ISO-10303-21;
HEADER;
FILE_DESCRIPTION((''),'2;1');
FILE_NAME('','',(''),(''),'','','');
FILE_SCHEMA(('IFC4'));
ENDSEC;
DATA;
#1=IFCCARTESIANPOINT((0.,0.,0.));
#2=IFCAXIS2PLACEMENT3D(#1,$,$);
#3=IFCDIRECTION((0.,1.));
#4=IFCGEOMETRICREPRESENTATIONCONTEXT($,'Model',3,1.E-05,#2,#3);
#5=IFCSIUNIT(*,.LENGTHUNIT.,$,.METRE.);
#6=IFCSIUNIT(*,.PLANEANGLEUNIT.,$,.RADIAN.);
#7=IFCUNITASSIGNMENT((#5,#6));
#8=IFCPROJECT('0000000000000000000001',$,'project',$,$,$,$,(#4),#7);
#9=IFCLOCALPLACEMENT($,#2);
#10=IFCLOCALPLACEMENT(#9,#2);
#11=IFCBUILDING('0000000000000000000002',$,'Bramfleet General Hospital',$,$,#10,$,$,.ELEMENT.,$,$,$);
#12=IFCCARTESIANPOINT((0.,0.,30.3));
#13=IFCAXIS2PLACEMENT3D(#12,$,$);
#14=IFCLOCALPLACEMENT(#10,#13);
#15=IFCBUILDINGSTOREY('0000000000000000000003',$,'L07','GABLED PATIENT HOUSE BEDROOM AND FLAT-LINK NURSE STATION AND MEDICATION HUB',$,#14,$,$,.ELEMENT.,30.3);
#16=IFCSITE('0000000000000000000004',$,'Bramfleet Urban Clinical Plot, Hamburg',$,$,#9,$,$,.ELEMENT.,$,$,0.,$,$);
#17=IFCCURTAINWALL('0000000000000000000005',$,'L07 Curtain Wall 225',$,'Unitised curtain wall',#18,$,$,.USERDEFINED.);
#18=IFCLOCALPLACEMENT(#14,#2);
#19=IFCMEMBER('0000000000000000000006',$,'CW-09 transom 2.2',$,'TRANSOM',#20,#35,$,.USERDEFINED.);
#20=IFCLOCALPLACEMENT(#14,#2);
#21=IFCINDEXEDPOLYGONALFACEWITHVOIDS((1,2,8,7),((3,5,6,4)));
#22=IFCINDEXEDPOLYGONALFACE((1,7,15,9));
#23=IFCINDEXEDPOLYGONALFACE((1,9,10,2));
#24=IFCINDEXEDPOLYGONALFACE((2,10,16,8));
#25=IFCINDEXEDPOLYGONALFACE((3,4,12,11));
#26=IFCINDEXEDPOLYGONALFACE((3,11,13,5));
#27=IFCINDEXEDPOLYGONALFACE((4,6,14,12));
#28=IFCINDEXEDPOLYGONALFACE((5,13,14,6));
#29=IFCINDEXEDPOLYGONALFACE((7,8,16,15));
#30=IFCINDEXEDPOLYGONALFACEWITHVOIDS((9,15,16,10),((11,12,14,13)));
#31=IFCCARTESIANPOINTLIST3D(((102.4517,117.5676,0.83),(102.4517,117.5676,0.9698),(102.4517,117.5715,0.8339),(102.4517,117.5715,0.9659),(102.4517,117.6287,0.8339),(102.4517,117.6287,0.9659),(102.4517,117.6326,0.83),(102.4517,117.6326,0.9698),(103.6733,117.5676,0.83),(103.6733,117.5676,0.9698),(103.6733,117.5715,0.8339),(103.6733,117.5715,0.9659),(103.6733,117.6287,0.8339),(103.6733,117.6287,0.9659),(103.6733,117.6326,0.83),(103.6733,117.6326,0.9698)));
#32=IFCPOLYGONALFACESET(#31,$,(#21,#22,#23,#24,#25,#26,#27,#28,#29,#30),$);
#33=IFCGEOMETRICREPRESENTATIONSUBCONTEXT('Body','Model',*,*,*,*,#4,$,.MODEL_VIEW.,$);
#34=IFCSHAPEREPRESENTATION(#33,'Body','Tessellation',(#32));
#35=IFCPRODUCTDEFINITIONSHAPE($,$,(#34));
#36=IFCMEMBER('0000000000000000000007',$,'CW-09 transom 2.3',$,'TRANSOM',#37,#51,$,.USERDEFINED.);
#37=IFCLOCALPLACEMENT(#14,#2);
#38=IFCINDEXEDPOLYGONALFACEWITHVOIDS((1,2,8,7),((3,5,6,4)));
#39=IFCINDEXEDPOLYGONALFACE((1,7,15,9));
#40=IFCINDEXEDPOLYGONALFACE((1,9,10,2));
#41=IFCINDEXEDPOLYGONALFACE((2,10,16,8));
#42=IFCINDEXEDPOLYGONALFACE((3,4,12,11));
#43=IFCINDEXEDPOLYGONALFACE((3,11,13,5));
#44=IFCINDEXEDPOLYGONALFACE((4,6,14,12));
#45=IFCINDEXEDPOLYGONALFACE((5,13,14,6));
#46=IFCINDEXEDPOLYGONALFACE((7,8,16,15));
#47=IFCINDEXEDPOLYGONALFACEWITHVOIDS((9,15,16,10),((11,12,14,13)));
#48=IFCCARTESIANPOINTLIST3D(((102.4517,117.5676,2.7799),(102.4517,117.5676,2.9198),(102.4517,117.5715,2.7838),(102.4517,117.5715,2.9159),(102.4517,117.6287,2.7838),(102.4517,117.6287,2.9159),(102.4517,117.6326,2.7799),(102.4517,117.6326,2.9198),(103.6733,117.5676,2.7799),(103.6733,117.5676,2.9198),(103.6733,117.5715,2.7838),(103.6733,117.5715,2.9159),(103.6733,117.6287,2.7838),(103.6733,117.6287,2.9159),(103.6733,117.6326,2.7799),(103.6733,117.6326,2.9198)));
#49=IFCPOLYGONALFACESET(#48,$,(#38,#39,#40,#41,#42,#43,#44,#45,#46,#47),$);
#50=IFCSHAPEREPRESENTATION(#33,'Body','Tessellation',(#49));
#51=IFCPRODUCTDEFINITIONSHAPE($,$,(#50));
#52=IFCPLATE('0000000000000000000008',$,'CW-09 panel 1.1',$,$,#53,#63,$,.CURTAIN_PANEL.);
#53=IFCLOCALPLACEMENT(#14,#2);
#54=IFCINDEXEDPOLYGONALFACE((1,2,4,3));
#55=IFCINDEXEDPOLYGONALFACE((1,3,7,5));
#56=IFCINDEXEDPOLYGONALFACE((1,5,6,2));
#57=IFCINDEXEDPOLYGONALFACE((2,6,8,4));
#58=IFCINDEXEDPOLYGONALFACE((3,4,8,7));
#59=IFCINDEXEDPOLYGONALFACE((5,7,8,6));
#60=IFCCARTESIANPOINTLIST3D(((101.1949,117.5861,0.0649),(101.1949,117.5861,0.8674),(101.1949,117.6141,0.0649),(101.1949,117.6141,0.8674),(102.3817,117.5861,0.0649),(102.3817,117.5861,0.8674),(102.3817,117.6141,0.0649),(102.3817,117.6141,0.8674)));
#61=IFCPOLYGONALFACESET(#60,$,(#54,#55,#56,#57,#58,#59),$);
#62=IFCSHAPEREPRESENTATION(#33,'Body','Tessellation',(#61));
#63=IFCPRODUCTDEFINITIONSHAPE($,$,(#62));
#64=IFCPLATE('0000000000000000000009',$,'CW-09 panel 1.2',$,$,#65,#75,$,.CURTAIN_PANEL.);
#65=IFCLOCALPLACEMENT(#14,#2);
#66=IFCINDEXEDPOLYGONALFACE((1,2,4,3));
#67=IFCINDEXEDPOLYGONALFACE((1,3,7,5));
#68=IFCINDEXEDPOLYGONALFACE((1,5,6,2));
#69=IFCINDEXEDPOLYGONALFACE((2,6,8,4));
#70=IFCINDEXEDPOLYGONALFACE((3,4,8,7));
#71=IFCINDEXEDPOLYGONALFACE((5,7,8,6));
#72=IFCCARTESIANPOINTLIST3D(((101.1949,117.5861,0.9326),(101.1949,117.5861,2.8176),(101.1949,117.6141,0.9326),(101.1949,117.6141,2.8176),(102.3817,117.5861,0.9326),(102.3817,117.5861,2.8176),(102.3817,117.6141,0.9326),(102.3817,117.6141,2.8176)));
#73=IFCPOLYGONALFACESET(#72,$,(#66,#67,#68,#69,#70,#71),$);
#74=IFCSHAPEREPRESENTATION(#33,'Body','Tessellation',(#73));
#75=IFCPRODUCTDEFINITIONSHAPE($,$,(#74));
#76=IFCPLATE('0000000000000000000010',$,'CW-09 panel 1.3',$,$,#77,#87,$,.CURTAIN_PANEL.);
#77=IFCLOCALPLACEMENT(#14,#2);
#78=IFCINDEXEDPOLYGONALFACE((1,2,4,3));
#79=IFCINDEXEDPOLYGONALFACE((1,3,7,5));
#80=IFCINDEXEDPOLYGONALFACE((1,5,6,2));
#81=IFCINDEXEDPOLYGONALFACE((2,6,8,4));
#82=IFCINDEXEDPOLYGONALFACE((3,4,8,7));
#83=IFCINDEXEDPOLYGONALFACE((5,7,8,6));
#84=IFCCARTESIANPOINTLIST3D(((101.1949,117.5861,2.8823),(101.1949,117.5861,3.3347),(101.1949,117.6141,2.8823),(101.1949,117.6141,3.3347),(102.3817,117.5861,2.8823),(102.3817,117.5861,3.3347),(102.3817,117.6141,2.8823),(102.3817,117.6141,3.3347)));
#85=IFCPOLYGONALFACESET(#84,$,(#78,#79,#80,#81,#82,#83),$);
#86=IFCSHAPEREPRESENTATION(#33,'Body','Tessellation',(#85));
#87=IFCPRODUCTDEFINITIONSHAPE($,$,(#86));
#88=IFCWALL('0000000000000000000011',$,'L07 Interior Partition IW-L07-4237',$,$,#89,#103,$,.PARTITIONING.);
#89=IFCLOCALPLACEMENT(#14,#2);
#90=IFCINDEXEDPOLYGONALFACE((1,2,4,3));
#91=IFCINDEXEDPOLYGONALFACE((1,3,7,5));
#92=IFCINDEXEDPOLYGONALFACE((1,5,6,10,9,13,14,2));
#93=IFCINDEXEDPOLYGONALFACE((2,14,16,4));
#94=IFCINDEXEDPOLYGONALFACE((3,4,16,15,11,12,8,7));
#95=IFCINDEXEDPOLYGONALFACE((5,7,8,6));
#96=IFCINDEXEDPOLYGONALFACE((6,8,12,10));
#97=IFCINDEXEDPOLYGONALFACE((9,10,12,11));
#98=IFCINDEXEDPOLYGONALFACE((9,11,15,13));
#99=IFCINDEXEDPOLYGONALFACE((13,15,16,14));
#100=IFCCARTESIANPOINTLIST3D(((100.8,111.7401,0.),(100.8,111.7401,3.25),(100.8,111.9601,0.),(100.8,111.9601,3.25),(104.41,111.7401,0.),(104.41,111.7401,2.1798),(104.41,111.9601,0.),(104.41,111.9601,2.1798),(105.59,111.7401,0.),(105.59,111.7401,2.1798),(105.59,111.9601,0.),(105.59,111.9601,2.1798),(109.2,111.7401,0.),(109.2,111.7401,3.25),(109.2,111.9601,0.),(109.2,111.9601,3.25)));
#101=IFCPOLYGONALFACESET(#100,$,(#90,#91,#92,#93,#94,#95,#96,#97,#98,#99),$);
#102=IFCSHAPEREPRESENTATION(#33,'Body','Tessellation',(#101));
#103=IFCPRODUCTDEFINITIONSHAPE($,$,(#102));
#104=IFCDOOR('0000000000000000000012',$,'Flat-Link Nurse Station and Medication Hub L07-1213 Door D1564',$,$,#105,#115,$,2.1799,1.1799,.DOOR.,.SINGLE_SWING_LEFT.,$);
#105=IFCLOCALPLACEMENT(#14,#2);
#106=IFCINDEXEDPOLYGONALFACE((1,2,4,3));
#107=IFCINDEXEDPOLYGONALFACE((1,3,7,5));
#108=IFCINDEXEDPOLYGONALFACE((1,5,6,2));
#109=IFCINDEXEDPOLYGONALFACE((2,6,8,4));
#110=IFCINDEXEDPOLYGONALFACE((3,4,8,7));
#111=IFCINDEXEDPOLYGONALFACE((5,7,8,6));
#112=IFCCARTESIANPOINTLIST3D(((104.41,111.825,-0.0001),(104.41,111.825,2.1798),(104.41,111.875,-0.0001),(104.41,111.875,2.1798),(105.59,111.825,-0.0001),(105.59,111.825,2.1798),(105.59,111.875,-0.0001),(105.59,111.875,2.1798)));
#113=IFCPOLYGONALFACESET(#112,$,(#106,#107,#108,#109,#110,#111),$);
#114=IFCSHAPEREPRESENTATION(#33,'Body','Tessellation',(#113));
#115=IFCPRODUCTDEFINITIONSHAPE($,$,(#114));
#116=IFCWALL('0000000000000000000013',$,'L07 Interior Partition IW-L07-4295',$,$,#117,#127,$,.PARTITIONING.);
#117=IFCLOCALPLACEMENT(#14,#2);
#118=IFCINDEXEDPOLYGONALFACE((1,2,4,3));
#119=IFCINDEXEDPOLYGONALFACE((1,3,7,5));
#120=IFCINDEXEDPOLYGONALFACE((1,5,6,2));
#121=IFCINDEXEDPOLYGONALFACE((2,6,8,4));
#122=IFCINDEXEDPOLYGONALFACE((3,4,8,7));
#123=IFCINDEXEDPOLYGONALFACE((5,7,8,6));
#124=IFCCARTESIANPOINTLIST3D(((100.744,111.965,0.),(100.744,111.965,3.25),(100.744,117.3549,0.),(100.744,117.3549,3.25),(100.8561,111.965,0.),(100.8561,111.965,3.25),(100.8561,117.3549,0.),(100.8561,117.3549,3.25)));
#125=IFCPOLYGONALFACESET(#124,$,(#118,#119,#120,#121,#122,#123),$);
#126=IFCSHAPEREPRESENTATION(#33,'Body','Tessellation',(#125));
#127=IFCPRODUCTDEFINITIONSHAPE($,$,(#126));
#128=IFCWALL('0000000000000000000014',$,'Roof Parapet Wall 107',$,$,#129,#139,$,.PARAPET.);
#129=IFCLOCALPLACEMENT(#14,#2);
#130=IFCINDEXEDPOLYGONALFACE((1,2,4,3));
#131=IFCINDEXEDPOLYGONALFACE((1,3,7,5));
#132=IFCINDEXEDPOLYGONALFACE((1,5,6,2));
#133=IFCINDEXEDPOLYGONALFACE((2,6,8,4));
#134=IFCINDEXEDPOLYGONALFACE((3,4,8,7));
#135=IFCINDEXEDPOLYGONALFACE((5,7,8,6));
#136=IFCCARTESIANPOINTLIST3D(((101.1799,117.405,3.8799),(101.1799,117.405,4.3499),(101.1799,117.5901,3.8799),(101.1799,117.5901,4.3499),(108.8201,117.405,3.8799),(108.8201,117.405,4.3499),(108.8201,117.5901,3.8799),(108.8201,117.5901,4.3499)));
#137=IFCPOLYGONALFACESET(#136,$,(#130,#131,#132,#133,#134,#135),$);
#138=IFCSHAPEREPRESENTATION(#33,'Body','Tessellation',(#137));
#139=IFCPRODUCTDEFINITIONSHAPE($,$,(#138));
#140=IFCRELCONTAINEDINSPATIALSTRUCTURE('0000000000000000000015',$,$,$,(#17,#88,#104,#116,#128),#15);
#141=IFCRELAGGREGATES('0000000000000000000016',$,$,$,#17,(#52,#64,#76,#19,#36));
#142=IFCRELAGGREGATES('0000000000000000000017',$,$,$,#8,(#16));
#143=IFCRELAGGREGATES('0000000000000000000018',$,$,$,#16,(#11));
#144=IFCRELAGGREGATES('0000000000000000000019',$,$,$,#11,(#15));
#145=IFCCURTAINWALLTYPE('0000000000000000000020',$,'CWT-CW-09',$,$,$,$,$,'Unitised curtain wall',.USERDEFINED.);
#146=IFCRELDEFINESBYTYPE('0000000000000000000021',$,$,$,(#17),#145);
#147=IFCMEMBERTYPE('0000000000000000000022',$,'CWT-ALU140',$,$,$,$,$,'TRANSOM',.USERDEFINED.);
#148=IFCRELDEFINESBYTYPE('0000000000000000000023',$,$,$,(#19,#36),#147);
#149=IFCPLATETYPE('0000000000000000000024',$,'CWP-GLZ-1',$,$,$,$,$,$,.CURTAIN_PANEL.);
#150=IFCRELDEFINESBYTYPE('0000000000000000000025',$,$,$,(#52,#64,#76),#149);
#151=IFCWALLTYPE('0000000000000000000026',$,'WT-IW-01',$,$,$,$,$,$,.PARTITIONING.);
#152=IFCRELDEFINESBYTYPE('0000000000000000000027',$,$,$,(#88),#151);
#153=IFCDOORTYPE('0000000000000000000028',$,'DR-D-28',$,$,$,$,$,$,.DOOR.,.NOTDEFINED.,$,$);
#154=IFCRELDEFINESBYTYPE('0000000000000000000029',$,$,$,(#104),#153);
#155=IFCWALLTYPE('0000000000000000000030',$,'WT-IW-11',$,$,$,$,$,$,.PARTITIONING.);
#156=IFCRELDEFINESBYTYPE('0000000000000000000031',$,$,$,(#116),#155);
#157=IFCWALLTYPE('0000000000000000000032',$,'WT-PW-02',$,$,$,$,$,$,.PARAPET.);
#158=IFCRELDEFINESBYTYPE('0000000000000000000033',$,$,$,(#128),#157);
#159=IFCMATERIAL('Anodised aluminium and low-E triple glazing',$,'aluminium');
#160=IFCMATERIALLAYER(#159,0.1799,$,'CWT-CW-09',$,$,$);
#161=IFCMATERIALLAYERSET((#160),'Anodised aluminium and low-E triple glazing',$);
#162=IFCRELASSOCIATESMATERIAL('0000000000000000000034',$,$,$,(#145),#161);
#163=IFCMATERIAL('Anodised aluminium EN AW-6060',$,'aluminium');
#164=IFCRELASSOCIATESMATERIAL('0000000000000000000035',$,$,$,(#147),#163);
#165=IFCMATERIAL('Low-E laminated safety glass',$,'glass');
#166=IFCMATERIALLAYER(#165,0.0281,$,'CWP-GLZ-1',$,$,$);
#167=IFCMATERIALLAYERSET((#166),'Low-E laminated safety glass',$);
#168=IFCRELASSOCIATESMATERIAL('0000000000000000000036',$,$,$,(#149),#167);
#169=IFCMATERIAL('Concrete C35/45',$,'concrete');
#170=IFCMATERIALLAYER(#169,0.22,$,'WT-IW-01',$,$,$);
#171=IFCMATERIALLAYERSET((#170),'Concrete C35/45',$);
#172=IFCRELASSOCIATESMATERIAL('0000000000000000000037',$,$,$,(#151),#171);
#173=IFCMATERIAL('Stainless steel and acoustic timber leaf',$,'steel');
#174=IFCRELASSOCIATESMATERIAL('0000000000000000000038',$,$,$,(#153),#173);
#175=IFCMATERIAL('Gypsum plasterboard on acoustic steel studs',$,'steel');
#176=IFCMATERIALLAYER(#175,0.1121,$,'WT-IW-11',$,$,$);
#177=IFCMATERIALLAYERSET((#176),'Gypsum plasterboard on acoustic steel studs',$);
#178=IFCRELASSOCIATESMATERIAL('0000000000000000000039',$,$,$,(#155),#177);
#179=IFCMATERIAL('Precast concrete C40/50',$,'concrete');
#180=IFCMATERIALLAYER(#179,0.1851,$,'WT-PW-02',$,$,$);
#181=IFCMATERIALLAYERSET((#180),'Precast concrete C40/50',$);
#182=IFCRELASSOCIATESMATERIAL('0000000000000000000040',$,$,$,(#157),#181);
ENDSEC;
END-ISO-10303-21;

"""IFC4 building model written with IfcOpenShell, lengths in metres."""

from ifc_helpers import new_model, si_unit, direction, frame, frame_2d, origin, origin_2d, place, context, subcontext, project, spatial, rectangle, hollow_rectangle, extrude, material, layer, layer_set, material_profile, profile_set, type_object, element, fill, aggregate, save


model = new_model("IFC4")

# Units and contexts
model_context = context("Model", 3, precision=1e-05, world=origin(), true_north=direction((0.0, 1.0)))
body_context = subcontext(model_context, "Body", "Model", "MODEL_VIEW")
ifc_project = project(units=[si_unit("LENGTHUNIT", "METRE"), si_unit("PLANEANGLEUNIT", "RADIAN")], contexts=[model_context])

# Site, building, storey
site_placement = place(None, origin())
site = spatial("IfcSite", under=ifc_project, at=site_placement, Name="Bramfleet Urban Clinical Plot, Hamburg", CompositionType="ELEMENT", RefElevation=0.0)
building_placement = place(site_placement, origin())
building = spatial("IfcBuilding", under=site, at=building_placement, Name="Bramfleet General Hospital", CompositionType="ELEMENT")
storey_placement = place(building_placement, frame((0.0, 0.0, 30.3)))
storey = spatial("IfcBuildingStorey", under=building, at=storey_placement, Name="L07", Description="GABLED PATIENT HOUSE BEDROOM AND FLAT-LINK NURSE STATION AND MEDICATION HUB", CompositionType="ELEMENT", Elevation=30.3)

# Curtain wall, members, plates
ifc_material_1 = material(Name="Anodised aluminium and low-E triple glazing", Category="aluminium")
ifc_layer_1 = layer(ifc_material_1, 0.1799, Name="CWT-CW-09")
ifc_layer_set_1 = layer_set([ifc_layer_1], Name="Anodised aluminium and low-E triple glazing")
curtain_wall_type = type_object("IfcCurtainWallType", Name="CWT-CW-09", ElementType="Unitised curtain wall", PredefinedType="USERDEFINED", material=ifc_layer_set_1)
curtain_wall_placement = place(storey_placement, origin())
curtain_wall = element("IfcCurtainWall", 1, at=curtain_wall_placement, inside=storey, type_object=curtain_wall_type, Name="L07 Curtain Wall 225", ObjectType="Unitised curtain wall", PredefinedType="USERDEFINED")
ifc_material_2 = material(Name="Anodised aluminium EN AW-6060", Category="aluminium")
ifc_material_profile_1 = material_profile(ifc_material_2, hollow_rectangle(XDim=0.0649, YDim=0.1399, WallThickness=0.0039, at=origin_2d()), Name="ALU 140x65x4.0")
ifc_profile_set_1 = profile_set([ifc_material_profile_1], Name="Anodised aluminium EN AW-6060")
member_type_1 = type_object("IfcMemberType", Name="CWT-ALU140", ElementType="TRANSOM", PredefinedType="USERDEFINED", material=ifc_profile_set_1)
member_1_placement = place(storey_placement, frame((102.4517, 117.6001, 0.8999), z_axis=(1.0, 0.0, 0.0), x_axis=(0.0, 1.0, 0.0)))
member_1 = element("IfcMember", 2, at=member_1_placement, type_object=member_type_1, Name="CW-09 transom 2.2", ObjectType="TRANSOM", PredefinedType="USERDEFINED", context=body_context, shape_type="SweptSolid", body=[
    extrude(hollow_rectangle(XDim=0.0649, YDim=0.1399, WallThickness=0.0039, at=origin_2d()), origin(), (0.0, 0.0, 1.0), 1.2217),
])
member_2_placement = place(storey_placement, frame((102.4517, 117.6001, 2.8499), z_axis=(1.0, 0.0, 0.0), x_axis=(0.0, 1.0, 0.0)))
member_2 = element("IfcMember", 3, at=member_2_placement, type_object=member_type_1, Name="CW-09 transom 2.3", ObjectType="TRANSOM", PredefinedType="USERDEFINED", context=body_context, shape_type="SweptSolid", body=[
    extrude(hollow_rectangle(XDim=0.0649, YDim=0.1399, WallThickness=0.0039, at=origin_2d()), origin(), (0.0, 0.0, 1.0), 1.2217),
])
ifc_material_3 = material(Name="Low-E laminated safety glass", Category="glass")
ifc_layer_2 = layer(ifc_material_3, 0.0281, Name="CWP-GLZ-1")
ifc_layer_set_2 = layer_set([ifc_layer_2], Name="Low-E laminated safety glass")
plate_type = type_object("IfcPlateType", Name="CWP-GLZ-1", PredefinedType="CURTAIN_PANEL", material=ifc_layer_set_2)
plate_1_placement = place(storey_placement, frame((101.7883, 117.6001, 0.0649), z_axis=(0.0, 0.0, 1.0), x_axis=(1.0, 0.0, 0.0)))
plate_1 = element("IfcPlate", 4, at=plate_1_placement, type_object=plate_type, Name="CW-09 panel 1.1", PredefinedType="CURTAIN_PANEL", context=body_context, shape_type="SweptSolid", body=[
    extrude(rectangle(XDim=1.1868, YDim=0.0281, at=origin_2d()), origin(), (0.0, 0.0, 1.0), 0.8025),
])
plate_2_placement = place(storey_placement, frame((101.7883, 117.6001, 0.9326), z_axis=(0.0, 0.0, 1.0), x_axis=(1.0, 0.0, 0.0)))
plate_2 = element("IfcPlate", 5, at=plate_2_placement, type_object=plate_type, Name="CW-09 panel 1.2", PredefinedType="CURTAIN_PANEL", context=body_context, shape_type="SweptSolid", body=[
    extrude(rectangle(XDim=1.1868, YDim=0.0281, at=origin_2d()), origin(), (0.0, 0.0, 1.0), 1.885),
])
plate_3_placement = place(storey_placement, frame((101.7883, 117.6001, 2.8823), z_axis=(0.0, 0.0, 1.0), x_axis=(1.0, 0.0, 0.0)))
plate_3 = element("IfcPlate", 6, at=plate_3_placement, type_object=plate_type, Name="CW-09 panel 1.3", PredefinedType="CURTAIN_PANEL", context=body_context, shape_type="SweptSolid", body=[
    extrude(rectangle(XDim=1.1868, YDim=0.0281, at=origin_2d()), origin(), (0.0, 0.0, 1.0), 0.4524),
])
aggregate(curtain_wall, [plate_1, plate_2, plate_3, member_1, member_2])

# Wall, opening, door
ifc_material_4 = material(Name="Concrete C35/45", Category="concrete")
ifc_layer_3 = layer(ifc_material_4, 0.22, Name="WT-IW-01")
ifc_layer_set_3 = layer_set([ifc_layer_3], Name="Concrete C35/45")
wall_type_1 = type_object("IfcWallType", Name="WT-IW-01", PredefinedType="PARTITIONING", material=ifc_layer_set_3)
wall_1_placement = place(storey_placement, frame((100.8, 111.8501, 0.0), z_axis=(0.0, 0.0, 1.0), x_axis=(1.0, 0.0, 0.0)))
wall_1 = element("IfcWall", 7, at=wall_1_placement, inside=storey, type_object=wall_type_1, Name="L07 Interior Partition IW-L07-4237", PredefinedType="PARTITIONING", context=body_context, shape_type="SweptSolid", body=[
    extrude(rectangle(XDim=8.3999, YDim=0.22, at=frame_2d((4.2, 0.0))), origin(), (0.0, 0.0, 1.0), 3.25),
])
opening_placement = place(wall_1_placement, frame((3.6101, 0.0, 0.0)))
opening = element("IfcOpeningElement", 8, at=opening_placement, cuts=wall_1, PredefinedType="OPENING", context=body_context, shape_type="SweptSolid", body=[
    extrude(rectangle(XDim=1.1799, YDim=2.1799, at=frame_2d((0.5898, 1.0898))), frame((0.0, 0.1199, 0.0), z_axis=(0.0, -1.0, 0.0), x_axis=(1.0, 0.0, 0.0)), (0.0, 0.0, 1.0), 0.24),
])
ifc_material_5 = material(Name="Stainless steel and acoustic timber leaf", Category="steel")
door_type = type_object("IfcDoorType", Name="DR-D-28", OperationType="NOTDEFINED", PredefinedType="DOOR", material=ifc_material_5)
door_placement = place(opening_placement, origin())
door = element("IfcDoor", 9, at=door_placement, inside=storey, type_object=door_type, Name="Flat-Link Nurse Station and Medication Hub L07-1213 Door D1564", OperationType="SINGLE_SWING_LEFT", OverallHeight=2.1799, OverallWidth=1.1799, PredefinedType="DOOR", context=body_context, shape_type="SweptSolid", body=[
    extrude(rectangle(XDim=1.1799, YDim=2.1799, at=frame_2d((0.5898, 1.0898))), frame((0.0, 0.0249, 0.0), z_axis=(0.0, -1.0, 0.0), x_axis=(1.0, 0.0, 0.0)), (0.0, 0.0, 1.0), 0.05),
])
fill(opening, door)

# Walls
ifc_material_6 = material(Name="Gypsum plasterboard on acoustic steel studs", Category="steel")
ifc_layer_4 = layer(ifc_material_6, 0.1121, Name="WT-IW-11")
ifc_layer_set_4 = layer_set([ifc_layer_4], Name="Gypsum plasterboard on acoustic steel studs")
wall_type_2 = type_object("IfcWallType", Name="WT-IW-11", PredefinedType="PARTITIONING", material=ifc_layer_set_4)
wall_2_placement = place(storey_placement, frame((100.8, 111.9651, 0.0), z_axis=(0.0, 0.0, 1.0), x_axis=(0.0, 1.0, 0.0)))
element("IfcWall", 10, at=wall_2_placement, inside=storey, type_object=wall_type_2, Name="L07 Interior Partition IW-L07-4295", PredefinedType="PARTITIONING", context=body_context, shape_type="SweptSolid", body=[
    extrude(rectangle(XDim=5.3899, YDim=0.1121, at=frame_2d((2.6948, 0.0))), origin(), (0.0, 0.0, 1.0), 3.25),
])
ifc_material_7 = material(Name="Precast concrete C40/50", Category="concrete")
ifc_layer_5 = layer(ifc_material_7, 0.1851, Name="WT-PW-02")
ifc_layer_set_5 = layer_set([ifc_layer_5], Name="Precast concrete C40/50")
wall_type_3 = type_object("IfcWallType", Name="WT-PW-02", PredefinedType="PARAPET", material=ifc_layer_set_5)
wall_3_placement = place(storey_placement, frame((101.1799, 117.4976, 3.8799), z_axis=(0.0, 0.0, 1.0), x_axis=(1.0, 0.0, 0.0)))
element("IfcWall", 11, at=wall_3_placement, inside=storey, type_object=wall_type_3, Name="Roof Parapet Wall 107", PredefinedType="PARAPET", context=body_context, shape_type="SweptSolid", body=[
    extrude(rectangle(XDim=7.6401, YDim=0.1851, at=frame_2d((3.8201, 0.0))), origin(), (0.0, 0.0, 1.0), 0.47),
])

save(model, "model.ifc")
